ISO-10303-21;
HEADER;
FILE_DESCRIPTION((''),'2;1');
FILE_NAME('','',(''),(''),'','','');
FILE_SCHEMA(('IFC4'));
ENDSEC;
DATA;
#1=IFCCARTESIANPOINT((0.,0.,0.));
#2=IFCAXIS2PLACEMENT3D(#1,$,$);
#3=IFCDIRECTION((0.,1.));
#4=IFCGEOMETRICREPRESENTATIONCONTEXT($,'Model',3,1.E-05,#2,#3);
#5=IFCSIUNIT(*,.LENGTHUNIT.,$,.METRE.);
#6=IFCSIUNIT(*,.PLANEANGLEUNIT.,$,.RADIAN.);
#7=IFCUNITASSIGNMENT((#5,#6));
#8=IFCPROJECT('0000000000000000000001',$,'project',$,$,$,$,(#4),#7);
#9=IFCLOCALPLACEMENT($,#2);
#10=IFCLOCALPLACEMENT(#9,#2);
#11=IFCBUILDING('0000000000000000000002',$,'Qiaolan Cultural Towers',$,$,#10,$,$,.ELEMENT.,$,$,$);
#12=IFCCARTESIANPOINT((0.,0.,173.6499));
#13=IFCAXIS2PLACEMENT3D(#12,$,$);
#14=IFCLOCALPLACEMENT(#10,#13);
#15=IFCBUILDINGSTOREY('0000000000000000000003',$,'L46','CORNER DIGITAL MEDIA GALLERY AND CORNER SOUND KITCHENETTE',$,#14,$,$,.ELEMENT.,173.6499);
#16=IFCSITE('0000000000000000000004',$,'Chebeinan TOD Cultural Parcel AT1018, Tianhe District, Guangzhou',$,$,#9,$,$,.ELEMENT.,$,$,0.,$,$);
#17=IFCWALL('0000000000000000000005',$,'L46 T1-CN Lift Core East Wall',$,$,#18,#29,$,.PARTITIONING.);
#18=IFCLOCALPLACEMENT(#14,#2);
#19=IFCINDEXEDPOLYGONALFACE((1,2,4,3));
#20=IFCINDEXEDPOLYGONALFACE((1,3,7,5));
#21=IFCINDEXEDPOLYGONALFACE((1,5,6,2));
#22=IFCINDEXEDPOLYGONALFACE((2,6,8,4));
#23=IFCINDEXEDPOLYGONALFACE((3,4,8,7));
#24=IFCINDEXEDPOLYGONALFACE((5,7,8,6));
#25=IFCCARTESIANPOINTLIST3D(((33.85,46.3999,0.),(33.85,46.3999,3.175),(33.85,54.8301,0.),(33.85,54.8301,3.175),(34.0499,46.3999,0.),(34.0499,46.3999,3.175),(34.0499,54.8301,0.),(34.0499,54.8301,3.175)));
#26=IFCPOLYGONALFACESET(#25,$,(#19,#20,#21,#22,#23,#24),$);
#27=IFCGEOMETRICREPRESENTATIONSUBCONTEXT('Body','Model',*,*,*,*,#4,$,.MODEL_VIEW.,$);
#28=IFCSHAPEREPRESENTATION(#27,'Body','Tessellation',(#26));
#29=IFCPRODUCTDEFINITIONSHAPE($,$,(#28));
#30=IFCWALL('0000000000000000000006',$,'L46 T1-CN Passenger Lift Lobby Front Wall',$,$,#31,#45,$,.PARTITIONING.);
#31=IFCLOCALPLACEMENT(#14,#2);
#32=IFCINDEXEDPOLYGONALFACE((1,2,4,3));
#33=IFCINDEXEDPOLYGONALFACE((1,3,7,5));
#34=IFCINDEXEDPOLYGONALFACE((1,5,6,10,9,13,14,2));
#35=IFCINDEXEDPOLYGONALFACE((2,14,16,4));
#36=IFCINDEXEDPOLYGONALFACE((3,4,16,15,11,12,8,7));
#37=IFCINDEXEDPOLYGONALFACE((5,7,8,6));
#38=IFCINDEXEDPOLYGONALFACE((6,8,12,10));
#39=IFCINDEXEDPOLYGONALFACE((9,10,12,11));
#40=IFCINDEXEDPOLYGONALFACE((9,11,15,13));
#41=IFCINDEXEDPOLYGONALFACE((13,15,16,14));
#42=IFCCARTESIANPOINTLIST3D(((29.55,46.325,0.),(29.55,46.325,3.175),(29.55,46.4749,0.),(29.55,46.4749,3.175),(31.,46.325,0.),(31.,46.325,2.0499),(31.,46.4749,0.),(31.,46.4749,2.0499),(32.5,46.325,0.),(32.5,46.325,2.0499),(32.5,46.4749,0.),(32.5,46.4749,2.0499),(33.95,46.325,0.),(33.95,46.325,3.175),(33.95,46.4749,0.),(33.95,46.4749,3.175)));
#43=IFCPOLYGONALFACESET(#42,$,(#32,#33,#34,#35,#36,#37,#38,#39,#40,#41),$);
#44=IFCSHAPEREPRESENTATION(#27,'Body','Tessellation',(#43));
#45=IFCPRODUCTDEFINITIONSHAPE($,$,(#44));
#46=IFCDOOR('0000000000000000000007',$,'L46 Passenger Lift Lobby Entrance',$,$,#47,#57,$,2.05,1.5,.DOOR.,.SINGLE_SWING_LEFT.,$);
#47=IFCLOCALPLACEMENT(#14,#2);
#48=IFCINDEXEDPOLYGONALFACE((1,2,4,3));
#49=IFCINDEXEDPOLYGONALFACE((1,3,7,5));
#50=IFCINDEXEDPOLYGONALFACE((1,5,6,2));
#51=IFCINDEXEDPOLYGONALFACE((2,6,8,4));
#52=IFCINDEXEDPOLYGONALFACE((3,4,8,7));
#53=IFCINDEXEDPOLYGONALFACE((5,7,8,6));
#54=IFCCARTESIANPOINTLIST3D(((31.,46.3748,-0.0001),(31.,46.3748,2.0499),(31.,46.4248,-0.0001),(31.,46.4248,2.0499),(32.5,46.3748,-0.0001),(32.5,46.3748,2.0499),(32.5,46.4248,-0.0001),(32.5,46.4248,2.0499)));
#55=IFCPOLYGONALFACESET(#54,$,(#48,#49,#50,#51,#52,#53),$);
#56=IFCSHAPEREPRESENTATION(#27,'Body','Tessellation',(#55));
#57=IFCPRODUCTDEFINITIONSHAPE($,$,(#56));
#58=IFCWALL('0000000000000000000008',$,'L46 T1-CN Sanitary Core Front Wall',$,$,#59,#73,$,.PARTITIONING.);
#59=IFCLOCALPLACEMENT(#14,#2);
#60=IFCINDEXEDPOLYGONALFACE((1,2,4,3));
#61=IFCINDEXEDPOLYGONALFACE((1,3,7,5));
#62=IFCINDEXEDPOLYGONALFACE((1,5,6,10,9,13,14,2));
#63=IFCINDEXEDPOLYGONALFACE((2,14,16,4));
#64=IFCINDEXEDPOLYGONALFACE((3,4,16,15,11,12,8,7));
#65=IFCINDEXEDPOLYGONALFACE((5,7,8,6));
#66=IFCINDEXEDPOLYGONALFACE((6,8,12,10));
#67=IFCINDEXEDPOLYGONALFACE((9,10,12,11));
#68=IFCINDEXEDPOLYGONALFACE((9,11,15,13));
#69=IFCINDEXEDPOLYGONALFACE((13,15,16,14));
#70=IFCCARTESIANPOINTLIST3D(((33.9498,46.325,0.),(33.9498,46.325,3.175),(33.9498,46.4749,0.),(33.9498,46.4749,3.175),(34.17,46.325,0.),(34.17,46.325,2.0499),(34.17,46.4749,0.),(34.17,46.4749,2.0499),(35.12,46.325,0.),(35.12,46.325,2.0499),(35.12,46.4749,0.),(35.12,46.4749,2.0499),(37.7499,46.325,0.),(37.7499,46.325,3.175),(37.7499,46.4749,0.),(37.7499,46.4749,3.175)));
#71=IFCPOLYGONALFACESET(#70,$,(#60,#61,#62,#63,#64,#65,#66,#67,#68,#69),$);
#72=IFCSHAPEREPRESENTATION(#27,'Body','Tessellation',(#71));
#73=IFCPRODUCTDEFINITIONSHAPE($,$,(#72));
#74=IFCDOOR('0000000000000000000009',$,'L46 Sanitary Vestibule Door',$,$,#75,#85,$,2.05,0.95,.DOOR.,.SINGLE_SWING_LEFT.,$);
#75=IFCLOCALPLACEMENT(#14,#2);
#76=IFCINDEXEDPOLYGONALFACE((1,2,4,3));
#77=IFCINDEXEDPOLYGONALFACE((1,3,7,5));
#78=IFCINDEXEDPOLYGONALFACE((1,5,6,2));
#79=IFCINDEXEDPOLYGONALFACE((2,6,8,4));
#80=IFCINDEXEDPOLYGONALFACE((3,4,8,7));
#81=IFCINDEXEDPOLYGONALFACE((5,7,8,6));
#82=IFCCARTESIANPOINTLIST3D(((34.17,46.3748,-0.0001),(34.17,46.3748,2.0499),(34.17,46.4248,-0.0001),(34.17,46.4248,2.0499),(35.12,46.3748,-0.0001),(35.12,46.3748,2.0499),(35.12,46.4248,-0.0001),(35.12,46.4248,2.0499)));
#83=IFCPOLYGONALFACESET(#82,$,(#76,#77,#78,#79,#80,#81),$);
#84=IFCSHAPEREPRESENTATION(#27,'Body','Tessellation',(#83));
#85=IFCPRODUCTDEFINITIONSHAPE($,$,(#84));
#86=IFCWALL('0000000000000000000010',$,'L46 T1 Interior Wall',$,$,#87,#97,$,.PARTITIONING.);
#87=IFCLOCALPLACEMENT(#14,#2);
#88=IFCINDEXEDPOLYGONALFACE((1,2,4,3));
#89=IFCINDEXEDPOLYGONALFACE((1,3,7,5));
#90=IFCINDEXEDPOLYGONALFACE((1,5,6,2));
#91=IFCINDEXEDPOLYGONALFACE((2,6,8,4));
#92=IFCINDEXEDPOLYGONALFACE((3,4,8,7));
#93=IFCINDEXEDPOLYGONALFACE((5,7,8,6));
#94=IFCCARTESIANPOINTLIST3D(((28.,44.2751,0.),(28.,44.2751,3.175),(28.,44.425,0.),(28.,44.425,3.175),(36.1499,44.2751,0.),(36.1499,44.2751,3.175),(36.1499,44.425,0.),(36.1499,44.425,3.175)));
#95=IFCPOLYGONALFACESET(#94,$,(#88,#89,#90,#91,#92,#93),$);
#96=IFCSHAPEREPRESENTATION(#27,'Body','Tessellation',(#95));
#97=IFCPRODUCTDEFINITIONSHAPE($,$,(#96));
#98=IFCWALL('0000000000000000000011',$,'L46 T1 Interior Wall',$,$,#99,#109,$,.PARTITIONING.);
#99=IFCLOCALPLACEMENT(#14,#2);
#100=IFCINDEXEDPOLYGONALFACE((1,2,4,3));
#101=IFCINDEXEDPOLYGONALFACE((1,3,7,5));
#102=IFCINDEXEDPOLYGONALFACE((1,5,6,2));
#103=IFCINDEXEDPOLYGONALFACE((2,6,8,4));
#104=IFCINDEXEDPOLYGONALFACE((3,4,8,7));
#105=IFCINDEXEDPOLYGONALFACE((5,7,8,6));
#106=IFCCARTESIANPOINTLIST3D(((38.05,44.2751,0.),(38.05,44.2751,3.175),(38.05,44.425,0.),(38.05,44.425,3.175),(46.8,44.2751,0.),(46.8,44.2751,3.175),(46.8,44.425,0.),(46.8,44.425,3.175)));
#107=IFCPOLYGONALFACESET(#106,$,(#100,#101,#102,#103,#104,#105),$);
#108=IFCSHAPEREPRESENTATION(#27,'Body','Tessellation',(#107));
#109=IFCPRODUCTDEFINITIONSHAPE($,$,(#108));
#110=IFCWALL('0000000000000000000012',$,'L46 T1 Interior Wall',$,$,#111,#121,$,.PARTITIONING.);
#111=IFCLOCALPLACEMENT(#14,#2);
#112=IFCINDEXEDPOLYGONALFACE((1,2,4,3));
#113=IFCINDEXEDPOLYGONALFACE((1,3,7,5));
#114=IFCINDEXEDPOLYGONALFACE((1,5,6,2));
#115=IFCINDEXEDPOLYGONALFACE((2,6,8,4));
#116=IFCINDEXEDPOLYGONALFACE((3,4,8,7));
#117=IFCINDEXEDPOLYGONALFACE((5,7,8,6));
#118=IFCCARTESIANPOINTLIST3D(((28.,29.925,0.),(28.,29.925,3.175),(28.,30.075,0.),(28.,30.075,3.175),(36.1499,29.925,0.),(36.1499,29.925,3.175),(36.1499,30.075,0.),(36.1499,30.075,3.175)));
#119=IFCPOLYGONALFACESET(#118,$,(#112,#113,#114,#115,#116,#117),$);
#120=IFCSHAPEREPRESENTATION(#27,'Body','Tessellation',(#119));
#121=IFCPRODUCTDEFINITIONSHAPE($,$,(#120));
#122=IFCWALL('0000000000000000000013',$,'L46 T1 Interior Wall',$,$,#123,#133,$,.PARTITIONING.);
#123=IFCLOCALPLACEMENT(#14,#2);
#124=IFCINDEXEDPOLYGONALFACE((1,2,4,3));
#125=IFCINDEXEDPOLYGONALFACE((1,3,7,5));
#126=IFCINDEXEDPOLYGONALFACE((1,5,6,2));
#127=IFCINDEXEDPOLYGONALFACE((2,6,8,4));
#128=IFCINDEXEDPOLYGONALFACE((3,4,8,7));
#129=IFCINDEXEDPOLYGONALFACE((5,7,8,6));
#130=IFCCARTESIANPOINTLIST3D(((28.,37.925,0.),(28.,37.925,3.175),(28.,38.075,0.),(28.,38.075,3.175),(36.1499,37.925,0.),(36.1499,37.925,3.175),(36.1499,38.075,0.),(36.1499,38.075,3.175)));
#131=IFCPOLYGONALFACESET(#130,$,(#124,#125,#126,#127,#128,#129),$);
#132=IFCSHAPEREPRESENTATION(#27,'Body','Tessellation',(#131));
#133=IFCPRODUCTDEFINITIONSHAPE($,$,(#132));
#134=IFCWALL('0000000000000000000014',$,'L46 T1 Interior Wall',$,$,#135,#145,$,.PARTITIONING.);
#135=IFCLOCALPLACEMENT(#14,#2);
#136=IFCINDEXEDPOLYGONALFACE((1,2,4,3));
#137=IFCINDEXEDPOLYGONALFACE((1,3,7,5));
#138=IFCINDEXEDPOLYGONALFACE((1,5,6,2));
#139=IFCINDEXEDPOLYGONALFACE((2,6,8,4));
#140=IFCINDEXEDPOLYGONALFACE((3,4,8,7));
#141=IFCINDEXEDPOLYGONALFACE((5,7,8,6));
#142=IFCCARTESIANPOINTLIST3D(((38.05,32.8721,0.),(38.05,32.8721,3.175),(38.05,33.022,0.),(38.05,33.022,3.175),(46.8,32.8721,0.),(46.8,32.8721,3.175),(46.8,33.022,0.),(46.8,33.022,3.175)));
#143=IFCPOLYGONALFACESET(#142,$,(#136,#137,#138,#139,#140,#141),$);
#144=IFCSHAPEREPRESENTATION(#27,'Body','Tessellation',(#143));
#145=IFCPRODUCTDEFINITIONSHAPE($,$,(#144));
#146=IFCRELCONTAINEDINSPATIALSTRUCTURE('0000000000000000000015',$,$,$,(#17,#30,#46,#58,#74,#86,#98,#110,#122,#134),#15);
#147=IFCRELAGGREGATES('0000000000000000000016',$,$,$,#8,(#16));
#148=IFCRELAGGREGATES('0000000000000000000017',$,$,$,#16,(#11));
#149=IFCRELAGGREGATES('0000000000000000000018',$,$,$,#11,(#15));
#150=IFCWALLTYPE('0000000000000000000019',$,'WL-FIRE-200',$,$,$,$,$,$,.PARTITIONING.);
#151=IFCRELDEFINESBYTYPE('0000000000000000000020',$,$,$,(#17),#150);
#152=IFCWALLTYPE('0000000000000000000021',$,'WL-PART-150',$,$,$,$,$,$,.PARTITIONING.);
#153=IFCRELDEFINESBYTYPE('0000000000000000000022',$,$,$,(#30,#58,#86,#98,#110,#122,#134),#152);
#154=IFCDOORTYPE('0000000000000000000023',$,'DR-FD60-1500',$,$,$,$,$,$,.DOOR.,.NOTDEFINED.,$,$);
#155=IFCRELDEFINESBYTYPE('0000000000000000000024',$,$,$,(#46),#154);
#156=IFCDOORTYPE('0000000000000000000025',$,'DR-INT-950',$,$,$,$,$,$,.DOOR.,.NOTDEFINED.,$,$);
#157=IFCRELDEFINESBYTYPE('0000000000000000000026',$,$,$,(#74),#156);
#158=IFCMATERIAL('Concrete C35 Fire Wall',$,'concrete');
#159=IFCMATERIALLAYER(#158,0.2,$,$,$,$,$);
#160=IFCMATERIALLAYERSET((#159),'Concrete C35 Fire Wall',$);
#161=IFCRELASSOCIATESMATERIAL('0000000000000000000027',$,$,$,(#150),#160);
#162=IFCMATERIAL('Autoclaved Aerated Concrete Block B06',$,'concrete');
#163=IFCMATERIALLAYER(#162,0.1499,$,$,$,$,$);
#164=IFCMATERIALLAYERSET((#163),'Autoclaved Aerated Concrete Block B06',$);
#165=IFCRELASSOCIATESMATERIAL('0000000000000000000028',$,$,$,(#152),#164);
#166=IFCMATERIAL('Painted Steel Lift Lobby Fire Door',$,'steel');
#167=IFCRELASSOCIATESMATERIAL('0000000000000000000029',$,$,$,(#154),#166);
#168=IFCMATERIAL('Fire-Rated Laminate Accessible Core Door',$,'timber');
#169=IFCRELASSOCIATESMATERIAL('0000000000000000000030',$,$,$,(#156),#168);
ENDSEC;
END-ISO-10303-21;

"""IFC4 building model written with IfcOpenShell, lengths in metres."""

from ifc_helpers import new_model, si_unit, direction, frame, frame_2d, origin, place, context, subcontext, project, spatial, rectangle, extrude, material, layer, layer_set, type_object, element, fill, save


model = new_model("IFC4")

# Units and contexts
model_context = context("Model", 3, precision=1e-05, world=origin(), true_north=direction((0.0, 1.0)))
body_context = subcontext(model_context, "Body", "Model", "MODEL_VIEW")
ifc_project = project(units=[si_unit("LENGTHUNIT", "METRE"), si_unit("PLANEANGLEUNIT", "RADIAN")], contexts=[model_context])

# Site, building, storey
site_placement = place(None, origin())
site = spatial("IfcSite", under=ifc_project, at=site_placement, Name="Chebeinan TOD Cultural Parcel AT1018, Tianhe District, Guangzhou", CompositionType="ELEMENT", RefElevation=0.0)
building_placement = place(site_placement, origin())
building = spatial("IfcBuilding", under=site, at=building_placement, Name="Qiaolan Cultural Towers", CompositionType="ELEMENT")
storey_placement = place(building_placement, frame((0.0, 0.0, 173.6499)))
storey = spatial("IfcBuildingStorey", under=building, at=storey_placement, Name="L46", Description="CORNER DIGITAL MEDIA GALLERY AND CORNER SOUND KITCHENETTE", CompositionType="ELEMENT", Elevation=173.6499)

# Shared definitions
ifc_material_1 = material(Name="Concrete C35 Fire Wall", Category="concrete")
ifc_layer_1 = layer(ifc_material_1, 0.2)
ifc_layer_set_1 = layer_set([ifc_layer_1], Name="Concrete C35 Fire Wall")
wall_type_1 = type_object("IfcWallType", Name="WL-FIRE-200", PredefinedType="PARTITIONING", material=ifc_layer_set_1)

# Wall
wall_1_placement = place(storey_placement, frame((33.95, 46.3999, 0.0), z_axis=(0.0, 0.0, 1.0), x_axis=(0.0, 1.0, 0.0)))
element("IfcWall", 1, at=wall_1_placement, inside=storey, type_object=wall_type_1, Name="L46 T1-CN Lift Core East Wall", PredefinedType="PARTITIONING", context=body_context, shape_type="SweptSolid", body=[
    extrude(rectangle(XDim=8.4302, YDim=0.2, at=frame_2d((4.2151, 0.0))), origin(), (0.0, 0.0, 1.0), 3.175),
])

# Walls, openings, doors
ifc_material_2 = material(Name="Autoclaved Aerated Concrete Block B06", Category="concrete")
ifc_layer_2 = layer(ifc_material_2, 0.1499)
ifc_layer_set_2 = layer_set([ifc_layer_2], Name="Autoclaved Aerated Concrete Block B06")
wall_type_2 = type_object("IfcWallType", Name="WL-PART-150", PredefinedType="PARTITIONING", material=ifc_layer_set_2)
wall_2_placement = place(storey_placement, frame((29.55, 46.3999, 0.0), z_axis=(0.0, 0.0, 1.0), x_axis=(1.0, 0.0, 0.0)))
wall_2 = element("IfcWall", 2, at=wall_2_placement, inside=storey, type_object=wall_type_2, Name="L46 T1-CN Passenger Lift Lobby Front Wall", PredefinedType="PARTITIONING", context=body_context, shape_type="SweptSolid", body=[
    extrude(rectangle(XDim=4.3999, YDim=0.1499, at=frame_2d((2.2, 0.0))), origin(), (0.0, 0.0, 1.0), 3.175),
])
opening_1_placement = place(wall_2_placement, frame((1.45, 0.0, 0.0)))
opening_1 = element("IfcOpeningElement", 3, at=opening_1_placement, cuts=wall_2, PredefinedType="OPENING", context=body_context, shape_type="SweptSolid", body=[
    extrude(rectangle(XDim=1.5, YDim=2.05, at=frame_2d((0.75, 1.0249))), frame((0.0, 0.085, 0.0), z_axis=(0.0, -1.0, 0.0), x_axis=(1.0, 0.0, 0.0)), (0.0, 0.0, 1.0), 0.1699),
])
ifc_material_3 = material(Name="Painted Steel Lift Lobby Fire Door", Category="steel")
door_type_1 = type_object("IfcDoorType", Name="DR-FD60-1500", OperationType="NOTDEFINED", PredefinedType="DOOR", material=ifc_material_3)
door_1_placement = place(opening_1_placement, origin())
door_1 = element("IfcDoor", 4, at=door_1_placement, inside=storey, type_object=door_type_1, Name="L46 Passenger Lift Lobby Entrance", OperationType="SINGLE_SWING_LEFT", OverallHeight=2.05, OverallWidth=1.5, PredefinedType="DOOR", context=body_context, shape_type="SweptSolid", body=[
    extrude(rectangle(XDim=1.5, YDim=2.05, at=frame_2d((0.75, 1.0249))), frame((0.0, 0.0249, 0.0), z_axis=(0.0, -1.0, 0.0), x_axis=(1.0, 0.0, 0.0)), (0.0, 0.0, 1.0), 0.05),
])
fill(opening_1, door_1)
wall_3_placement = place(storey_placement, frame((33.95, 46.3999, 0.0), z_axis=(0.0, 0.0, 1.0), x_axis=(1.0, 0.0, 0.0)))
wall_3 = element("IfcWall", 5, at=wall_3_placement, inside=storey, type_object=wall_type_2, Name="L46 T1-CN Sanitary Core Front Wall", PredefinedType="PARTITIONING", context=body_context, shape_type="SweptSolid", body=[
    extrude(rectangle(XDim=3.8, YDim=0.1499, at=frame_2d((1.8999, 0.0))), origin(), (0.0, 0.0, 1.0), 3.175),
])
opening_2_placement = place(wall_3_placement, frame((0.22, 0.0, 0.0)))
opening_2 = element("IfcOpeningElement", 6, at=opening_2_placement, cuts=wall_3, PredefinedType="OPENING", context=body_context, shape_type="SweptSolid", body=[
    extrude(rectangle(XDim=0.95, YDim=2.05, at=frame_2d((0.4751, 1.0249))), frame((0.0, 0.085, 0.0), z_axis=(0.0, -1.0, 0.0), x_axis=(1.0, 0.0, 0.0)), (0.0, 0.0, 1.0), 0.1699),
])
ifc_material_4 = material(Name="Fire-Rated Laminate Accessible Core Door", Category="timber")
door_type_2 = type_object("IfcDoorType", Name="DR-INT-950", OperationType="NOTDEFINED", PredefinedType="DOOR", material=ifc_material_4)
door_2_placement = place(opening_2_placement, origin())
door_2 = element("IfcDoor", 7, at=door_2_placement, inside=storey, type_object=door_type_2, Name="L46 Sanitary Vestibule Door", OperationType="SINGLE_SWING_LEFT", OverallHeight=2.05, OverallWidth=0.95, PredefinedType="DOOR", context=body_context, shape_type="SweptSolid", body=[
    extrude(rectangle(XDim=0.95, YDim=2.05, at=frame_2d((0.4751, 1.0249))), frame((0.0, 0.0249, 0.0), z_axis=(0.0, -1.0, 0.0), x_axis=(1.0, 0.0, 0.0)), (0.0, 0.0, 1.0), 0.05),
])
fill(opening_2, door_2)

# Walls
wall_4_placement = place(storey_placement, frame((28.0, 44.3501, 0.0), z_axis=(0.0, 0.0, 1.0), x_axis=(1.0, 0.0, 0.0)))
element("IfcWall", 8, at=wall_4_placement, inside=storey, type_object=wall_type_2, Name="L46 T1 Interior Wall", PredefinedType="PARTITIONING", context=body_context, shape_type="SweptSolid", body=[
    extrude(rectangle(XDim=8.1499, YDim=0.1499, at=frame_2d((4.075, 0.0))), origin(), (0.0, 0.0, 1.0), 3.175),
])
wall_5_placement = place(storey_placement, frame((38.05, 44.3501, 0.0), z_axis=(0.0, 0.0, 1.0), x_axis=(1.0, 0.0, 0.0)))
element("IfcWall", 9, at=wall_5_placement, inside=storey, type_object=wall_type_2, Name="L46 T1 Interior Wall", PredefinedType="PARTITIONING", context=body_context, shape_type="SweptSolid", body=[
    extrude(rectangle(XDim=8.75, YDim=0.1499, at=frame_2d((4.375, 0.0))), origin(), (0.0, 0.0, 1.0), 3.175),
])
for number, where, z_axis, x_axis, name in (
    (10, (28.0, 30.0, 0.0), (0.0, 0.0, 1.0), (1.0, 0.0, 0.0), "L46 T1 Interior Wall"),
    (11, (28.0, 38.0, 0.0), (0.0, 0.0, 1.0), (1.0, 0.0, 0.0), "L46 T1 Interior Wall"),
):
    element("IfcWall", number, at=place(storey_placement, frame(where, z_axis=z_axis, x_axis=x_axis)), inside=storey, type_object=wall_type_2, Name=name, PredefinedType="PARTITIONING", context=body_context, shape_type="SweptSolid", body=[
        extrude(rectangle(XDim=8.1499, YDim=0.1499, at=frame_2d((4.075, 0.0))), origin(), (0.0, 0.0, 1.0), 3.175),
    ])
wall_6_placement = place(storey_placement, frame((38.05, 32.947, 0.0), z_axis=(0.0, 0.0, 1.0), x_axis=(1.0, 0.0, 0.0)))
element("IfcWall", 12, at=wall_6_placement, inside=storey, type_object=wall_type_2, Name="L46 T1 Interior Wall", PredefinedType="PARTITIONING", context=body_context, shape_type="SweptSolid", body=[
    extrude(rectangle(XDim=8.75, YDim=0.1499, at=frame_2d((4.375, 0.0))), origin(), (0.0, 0.0, 1.0), 3.175),
])

save(model, "model.ifc")
